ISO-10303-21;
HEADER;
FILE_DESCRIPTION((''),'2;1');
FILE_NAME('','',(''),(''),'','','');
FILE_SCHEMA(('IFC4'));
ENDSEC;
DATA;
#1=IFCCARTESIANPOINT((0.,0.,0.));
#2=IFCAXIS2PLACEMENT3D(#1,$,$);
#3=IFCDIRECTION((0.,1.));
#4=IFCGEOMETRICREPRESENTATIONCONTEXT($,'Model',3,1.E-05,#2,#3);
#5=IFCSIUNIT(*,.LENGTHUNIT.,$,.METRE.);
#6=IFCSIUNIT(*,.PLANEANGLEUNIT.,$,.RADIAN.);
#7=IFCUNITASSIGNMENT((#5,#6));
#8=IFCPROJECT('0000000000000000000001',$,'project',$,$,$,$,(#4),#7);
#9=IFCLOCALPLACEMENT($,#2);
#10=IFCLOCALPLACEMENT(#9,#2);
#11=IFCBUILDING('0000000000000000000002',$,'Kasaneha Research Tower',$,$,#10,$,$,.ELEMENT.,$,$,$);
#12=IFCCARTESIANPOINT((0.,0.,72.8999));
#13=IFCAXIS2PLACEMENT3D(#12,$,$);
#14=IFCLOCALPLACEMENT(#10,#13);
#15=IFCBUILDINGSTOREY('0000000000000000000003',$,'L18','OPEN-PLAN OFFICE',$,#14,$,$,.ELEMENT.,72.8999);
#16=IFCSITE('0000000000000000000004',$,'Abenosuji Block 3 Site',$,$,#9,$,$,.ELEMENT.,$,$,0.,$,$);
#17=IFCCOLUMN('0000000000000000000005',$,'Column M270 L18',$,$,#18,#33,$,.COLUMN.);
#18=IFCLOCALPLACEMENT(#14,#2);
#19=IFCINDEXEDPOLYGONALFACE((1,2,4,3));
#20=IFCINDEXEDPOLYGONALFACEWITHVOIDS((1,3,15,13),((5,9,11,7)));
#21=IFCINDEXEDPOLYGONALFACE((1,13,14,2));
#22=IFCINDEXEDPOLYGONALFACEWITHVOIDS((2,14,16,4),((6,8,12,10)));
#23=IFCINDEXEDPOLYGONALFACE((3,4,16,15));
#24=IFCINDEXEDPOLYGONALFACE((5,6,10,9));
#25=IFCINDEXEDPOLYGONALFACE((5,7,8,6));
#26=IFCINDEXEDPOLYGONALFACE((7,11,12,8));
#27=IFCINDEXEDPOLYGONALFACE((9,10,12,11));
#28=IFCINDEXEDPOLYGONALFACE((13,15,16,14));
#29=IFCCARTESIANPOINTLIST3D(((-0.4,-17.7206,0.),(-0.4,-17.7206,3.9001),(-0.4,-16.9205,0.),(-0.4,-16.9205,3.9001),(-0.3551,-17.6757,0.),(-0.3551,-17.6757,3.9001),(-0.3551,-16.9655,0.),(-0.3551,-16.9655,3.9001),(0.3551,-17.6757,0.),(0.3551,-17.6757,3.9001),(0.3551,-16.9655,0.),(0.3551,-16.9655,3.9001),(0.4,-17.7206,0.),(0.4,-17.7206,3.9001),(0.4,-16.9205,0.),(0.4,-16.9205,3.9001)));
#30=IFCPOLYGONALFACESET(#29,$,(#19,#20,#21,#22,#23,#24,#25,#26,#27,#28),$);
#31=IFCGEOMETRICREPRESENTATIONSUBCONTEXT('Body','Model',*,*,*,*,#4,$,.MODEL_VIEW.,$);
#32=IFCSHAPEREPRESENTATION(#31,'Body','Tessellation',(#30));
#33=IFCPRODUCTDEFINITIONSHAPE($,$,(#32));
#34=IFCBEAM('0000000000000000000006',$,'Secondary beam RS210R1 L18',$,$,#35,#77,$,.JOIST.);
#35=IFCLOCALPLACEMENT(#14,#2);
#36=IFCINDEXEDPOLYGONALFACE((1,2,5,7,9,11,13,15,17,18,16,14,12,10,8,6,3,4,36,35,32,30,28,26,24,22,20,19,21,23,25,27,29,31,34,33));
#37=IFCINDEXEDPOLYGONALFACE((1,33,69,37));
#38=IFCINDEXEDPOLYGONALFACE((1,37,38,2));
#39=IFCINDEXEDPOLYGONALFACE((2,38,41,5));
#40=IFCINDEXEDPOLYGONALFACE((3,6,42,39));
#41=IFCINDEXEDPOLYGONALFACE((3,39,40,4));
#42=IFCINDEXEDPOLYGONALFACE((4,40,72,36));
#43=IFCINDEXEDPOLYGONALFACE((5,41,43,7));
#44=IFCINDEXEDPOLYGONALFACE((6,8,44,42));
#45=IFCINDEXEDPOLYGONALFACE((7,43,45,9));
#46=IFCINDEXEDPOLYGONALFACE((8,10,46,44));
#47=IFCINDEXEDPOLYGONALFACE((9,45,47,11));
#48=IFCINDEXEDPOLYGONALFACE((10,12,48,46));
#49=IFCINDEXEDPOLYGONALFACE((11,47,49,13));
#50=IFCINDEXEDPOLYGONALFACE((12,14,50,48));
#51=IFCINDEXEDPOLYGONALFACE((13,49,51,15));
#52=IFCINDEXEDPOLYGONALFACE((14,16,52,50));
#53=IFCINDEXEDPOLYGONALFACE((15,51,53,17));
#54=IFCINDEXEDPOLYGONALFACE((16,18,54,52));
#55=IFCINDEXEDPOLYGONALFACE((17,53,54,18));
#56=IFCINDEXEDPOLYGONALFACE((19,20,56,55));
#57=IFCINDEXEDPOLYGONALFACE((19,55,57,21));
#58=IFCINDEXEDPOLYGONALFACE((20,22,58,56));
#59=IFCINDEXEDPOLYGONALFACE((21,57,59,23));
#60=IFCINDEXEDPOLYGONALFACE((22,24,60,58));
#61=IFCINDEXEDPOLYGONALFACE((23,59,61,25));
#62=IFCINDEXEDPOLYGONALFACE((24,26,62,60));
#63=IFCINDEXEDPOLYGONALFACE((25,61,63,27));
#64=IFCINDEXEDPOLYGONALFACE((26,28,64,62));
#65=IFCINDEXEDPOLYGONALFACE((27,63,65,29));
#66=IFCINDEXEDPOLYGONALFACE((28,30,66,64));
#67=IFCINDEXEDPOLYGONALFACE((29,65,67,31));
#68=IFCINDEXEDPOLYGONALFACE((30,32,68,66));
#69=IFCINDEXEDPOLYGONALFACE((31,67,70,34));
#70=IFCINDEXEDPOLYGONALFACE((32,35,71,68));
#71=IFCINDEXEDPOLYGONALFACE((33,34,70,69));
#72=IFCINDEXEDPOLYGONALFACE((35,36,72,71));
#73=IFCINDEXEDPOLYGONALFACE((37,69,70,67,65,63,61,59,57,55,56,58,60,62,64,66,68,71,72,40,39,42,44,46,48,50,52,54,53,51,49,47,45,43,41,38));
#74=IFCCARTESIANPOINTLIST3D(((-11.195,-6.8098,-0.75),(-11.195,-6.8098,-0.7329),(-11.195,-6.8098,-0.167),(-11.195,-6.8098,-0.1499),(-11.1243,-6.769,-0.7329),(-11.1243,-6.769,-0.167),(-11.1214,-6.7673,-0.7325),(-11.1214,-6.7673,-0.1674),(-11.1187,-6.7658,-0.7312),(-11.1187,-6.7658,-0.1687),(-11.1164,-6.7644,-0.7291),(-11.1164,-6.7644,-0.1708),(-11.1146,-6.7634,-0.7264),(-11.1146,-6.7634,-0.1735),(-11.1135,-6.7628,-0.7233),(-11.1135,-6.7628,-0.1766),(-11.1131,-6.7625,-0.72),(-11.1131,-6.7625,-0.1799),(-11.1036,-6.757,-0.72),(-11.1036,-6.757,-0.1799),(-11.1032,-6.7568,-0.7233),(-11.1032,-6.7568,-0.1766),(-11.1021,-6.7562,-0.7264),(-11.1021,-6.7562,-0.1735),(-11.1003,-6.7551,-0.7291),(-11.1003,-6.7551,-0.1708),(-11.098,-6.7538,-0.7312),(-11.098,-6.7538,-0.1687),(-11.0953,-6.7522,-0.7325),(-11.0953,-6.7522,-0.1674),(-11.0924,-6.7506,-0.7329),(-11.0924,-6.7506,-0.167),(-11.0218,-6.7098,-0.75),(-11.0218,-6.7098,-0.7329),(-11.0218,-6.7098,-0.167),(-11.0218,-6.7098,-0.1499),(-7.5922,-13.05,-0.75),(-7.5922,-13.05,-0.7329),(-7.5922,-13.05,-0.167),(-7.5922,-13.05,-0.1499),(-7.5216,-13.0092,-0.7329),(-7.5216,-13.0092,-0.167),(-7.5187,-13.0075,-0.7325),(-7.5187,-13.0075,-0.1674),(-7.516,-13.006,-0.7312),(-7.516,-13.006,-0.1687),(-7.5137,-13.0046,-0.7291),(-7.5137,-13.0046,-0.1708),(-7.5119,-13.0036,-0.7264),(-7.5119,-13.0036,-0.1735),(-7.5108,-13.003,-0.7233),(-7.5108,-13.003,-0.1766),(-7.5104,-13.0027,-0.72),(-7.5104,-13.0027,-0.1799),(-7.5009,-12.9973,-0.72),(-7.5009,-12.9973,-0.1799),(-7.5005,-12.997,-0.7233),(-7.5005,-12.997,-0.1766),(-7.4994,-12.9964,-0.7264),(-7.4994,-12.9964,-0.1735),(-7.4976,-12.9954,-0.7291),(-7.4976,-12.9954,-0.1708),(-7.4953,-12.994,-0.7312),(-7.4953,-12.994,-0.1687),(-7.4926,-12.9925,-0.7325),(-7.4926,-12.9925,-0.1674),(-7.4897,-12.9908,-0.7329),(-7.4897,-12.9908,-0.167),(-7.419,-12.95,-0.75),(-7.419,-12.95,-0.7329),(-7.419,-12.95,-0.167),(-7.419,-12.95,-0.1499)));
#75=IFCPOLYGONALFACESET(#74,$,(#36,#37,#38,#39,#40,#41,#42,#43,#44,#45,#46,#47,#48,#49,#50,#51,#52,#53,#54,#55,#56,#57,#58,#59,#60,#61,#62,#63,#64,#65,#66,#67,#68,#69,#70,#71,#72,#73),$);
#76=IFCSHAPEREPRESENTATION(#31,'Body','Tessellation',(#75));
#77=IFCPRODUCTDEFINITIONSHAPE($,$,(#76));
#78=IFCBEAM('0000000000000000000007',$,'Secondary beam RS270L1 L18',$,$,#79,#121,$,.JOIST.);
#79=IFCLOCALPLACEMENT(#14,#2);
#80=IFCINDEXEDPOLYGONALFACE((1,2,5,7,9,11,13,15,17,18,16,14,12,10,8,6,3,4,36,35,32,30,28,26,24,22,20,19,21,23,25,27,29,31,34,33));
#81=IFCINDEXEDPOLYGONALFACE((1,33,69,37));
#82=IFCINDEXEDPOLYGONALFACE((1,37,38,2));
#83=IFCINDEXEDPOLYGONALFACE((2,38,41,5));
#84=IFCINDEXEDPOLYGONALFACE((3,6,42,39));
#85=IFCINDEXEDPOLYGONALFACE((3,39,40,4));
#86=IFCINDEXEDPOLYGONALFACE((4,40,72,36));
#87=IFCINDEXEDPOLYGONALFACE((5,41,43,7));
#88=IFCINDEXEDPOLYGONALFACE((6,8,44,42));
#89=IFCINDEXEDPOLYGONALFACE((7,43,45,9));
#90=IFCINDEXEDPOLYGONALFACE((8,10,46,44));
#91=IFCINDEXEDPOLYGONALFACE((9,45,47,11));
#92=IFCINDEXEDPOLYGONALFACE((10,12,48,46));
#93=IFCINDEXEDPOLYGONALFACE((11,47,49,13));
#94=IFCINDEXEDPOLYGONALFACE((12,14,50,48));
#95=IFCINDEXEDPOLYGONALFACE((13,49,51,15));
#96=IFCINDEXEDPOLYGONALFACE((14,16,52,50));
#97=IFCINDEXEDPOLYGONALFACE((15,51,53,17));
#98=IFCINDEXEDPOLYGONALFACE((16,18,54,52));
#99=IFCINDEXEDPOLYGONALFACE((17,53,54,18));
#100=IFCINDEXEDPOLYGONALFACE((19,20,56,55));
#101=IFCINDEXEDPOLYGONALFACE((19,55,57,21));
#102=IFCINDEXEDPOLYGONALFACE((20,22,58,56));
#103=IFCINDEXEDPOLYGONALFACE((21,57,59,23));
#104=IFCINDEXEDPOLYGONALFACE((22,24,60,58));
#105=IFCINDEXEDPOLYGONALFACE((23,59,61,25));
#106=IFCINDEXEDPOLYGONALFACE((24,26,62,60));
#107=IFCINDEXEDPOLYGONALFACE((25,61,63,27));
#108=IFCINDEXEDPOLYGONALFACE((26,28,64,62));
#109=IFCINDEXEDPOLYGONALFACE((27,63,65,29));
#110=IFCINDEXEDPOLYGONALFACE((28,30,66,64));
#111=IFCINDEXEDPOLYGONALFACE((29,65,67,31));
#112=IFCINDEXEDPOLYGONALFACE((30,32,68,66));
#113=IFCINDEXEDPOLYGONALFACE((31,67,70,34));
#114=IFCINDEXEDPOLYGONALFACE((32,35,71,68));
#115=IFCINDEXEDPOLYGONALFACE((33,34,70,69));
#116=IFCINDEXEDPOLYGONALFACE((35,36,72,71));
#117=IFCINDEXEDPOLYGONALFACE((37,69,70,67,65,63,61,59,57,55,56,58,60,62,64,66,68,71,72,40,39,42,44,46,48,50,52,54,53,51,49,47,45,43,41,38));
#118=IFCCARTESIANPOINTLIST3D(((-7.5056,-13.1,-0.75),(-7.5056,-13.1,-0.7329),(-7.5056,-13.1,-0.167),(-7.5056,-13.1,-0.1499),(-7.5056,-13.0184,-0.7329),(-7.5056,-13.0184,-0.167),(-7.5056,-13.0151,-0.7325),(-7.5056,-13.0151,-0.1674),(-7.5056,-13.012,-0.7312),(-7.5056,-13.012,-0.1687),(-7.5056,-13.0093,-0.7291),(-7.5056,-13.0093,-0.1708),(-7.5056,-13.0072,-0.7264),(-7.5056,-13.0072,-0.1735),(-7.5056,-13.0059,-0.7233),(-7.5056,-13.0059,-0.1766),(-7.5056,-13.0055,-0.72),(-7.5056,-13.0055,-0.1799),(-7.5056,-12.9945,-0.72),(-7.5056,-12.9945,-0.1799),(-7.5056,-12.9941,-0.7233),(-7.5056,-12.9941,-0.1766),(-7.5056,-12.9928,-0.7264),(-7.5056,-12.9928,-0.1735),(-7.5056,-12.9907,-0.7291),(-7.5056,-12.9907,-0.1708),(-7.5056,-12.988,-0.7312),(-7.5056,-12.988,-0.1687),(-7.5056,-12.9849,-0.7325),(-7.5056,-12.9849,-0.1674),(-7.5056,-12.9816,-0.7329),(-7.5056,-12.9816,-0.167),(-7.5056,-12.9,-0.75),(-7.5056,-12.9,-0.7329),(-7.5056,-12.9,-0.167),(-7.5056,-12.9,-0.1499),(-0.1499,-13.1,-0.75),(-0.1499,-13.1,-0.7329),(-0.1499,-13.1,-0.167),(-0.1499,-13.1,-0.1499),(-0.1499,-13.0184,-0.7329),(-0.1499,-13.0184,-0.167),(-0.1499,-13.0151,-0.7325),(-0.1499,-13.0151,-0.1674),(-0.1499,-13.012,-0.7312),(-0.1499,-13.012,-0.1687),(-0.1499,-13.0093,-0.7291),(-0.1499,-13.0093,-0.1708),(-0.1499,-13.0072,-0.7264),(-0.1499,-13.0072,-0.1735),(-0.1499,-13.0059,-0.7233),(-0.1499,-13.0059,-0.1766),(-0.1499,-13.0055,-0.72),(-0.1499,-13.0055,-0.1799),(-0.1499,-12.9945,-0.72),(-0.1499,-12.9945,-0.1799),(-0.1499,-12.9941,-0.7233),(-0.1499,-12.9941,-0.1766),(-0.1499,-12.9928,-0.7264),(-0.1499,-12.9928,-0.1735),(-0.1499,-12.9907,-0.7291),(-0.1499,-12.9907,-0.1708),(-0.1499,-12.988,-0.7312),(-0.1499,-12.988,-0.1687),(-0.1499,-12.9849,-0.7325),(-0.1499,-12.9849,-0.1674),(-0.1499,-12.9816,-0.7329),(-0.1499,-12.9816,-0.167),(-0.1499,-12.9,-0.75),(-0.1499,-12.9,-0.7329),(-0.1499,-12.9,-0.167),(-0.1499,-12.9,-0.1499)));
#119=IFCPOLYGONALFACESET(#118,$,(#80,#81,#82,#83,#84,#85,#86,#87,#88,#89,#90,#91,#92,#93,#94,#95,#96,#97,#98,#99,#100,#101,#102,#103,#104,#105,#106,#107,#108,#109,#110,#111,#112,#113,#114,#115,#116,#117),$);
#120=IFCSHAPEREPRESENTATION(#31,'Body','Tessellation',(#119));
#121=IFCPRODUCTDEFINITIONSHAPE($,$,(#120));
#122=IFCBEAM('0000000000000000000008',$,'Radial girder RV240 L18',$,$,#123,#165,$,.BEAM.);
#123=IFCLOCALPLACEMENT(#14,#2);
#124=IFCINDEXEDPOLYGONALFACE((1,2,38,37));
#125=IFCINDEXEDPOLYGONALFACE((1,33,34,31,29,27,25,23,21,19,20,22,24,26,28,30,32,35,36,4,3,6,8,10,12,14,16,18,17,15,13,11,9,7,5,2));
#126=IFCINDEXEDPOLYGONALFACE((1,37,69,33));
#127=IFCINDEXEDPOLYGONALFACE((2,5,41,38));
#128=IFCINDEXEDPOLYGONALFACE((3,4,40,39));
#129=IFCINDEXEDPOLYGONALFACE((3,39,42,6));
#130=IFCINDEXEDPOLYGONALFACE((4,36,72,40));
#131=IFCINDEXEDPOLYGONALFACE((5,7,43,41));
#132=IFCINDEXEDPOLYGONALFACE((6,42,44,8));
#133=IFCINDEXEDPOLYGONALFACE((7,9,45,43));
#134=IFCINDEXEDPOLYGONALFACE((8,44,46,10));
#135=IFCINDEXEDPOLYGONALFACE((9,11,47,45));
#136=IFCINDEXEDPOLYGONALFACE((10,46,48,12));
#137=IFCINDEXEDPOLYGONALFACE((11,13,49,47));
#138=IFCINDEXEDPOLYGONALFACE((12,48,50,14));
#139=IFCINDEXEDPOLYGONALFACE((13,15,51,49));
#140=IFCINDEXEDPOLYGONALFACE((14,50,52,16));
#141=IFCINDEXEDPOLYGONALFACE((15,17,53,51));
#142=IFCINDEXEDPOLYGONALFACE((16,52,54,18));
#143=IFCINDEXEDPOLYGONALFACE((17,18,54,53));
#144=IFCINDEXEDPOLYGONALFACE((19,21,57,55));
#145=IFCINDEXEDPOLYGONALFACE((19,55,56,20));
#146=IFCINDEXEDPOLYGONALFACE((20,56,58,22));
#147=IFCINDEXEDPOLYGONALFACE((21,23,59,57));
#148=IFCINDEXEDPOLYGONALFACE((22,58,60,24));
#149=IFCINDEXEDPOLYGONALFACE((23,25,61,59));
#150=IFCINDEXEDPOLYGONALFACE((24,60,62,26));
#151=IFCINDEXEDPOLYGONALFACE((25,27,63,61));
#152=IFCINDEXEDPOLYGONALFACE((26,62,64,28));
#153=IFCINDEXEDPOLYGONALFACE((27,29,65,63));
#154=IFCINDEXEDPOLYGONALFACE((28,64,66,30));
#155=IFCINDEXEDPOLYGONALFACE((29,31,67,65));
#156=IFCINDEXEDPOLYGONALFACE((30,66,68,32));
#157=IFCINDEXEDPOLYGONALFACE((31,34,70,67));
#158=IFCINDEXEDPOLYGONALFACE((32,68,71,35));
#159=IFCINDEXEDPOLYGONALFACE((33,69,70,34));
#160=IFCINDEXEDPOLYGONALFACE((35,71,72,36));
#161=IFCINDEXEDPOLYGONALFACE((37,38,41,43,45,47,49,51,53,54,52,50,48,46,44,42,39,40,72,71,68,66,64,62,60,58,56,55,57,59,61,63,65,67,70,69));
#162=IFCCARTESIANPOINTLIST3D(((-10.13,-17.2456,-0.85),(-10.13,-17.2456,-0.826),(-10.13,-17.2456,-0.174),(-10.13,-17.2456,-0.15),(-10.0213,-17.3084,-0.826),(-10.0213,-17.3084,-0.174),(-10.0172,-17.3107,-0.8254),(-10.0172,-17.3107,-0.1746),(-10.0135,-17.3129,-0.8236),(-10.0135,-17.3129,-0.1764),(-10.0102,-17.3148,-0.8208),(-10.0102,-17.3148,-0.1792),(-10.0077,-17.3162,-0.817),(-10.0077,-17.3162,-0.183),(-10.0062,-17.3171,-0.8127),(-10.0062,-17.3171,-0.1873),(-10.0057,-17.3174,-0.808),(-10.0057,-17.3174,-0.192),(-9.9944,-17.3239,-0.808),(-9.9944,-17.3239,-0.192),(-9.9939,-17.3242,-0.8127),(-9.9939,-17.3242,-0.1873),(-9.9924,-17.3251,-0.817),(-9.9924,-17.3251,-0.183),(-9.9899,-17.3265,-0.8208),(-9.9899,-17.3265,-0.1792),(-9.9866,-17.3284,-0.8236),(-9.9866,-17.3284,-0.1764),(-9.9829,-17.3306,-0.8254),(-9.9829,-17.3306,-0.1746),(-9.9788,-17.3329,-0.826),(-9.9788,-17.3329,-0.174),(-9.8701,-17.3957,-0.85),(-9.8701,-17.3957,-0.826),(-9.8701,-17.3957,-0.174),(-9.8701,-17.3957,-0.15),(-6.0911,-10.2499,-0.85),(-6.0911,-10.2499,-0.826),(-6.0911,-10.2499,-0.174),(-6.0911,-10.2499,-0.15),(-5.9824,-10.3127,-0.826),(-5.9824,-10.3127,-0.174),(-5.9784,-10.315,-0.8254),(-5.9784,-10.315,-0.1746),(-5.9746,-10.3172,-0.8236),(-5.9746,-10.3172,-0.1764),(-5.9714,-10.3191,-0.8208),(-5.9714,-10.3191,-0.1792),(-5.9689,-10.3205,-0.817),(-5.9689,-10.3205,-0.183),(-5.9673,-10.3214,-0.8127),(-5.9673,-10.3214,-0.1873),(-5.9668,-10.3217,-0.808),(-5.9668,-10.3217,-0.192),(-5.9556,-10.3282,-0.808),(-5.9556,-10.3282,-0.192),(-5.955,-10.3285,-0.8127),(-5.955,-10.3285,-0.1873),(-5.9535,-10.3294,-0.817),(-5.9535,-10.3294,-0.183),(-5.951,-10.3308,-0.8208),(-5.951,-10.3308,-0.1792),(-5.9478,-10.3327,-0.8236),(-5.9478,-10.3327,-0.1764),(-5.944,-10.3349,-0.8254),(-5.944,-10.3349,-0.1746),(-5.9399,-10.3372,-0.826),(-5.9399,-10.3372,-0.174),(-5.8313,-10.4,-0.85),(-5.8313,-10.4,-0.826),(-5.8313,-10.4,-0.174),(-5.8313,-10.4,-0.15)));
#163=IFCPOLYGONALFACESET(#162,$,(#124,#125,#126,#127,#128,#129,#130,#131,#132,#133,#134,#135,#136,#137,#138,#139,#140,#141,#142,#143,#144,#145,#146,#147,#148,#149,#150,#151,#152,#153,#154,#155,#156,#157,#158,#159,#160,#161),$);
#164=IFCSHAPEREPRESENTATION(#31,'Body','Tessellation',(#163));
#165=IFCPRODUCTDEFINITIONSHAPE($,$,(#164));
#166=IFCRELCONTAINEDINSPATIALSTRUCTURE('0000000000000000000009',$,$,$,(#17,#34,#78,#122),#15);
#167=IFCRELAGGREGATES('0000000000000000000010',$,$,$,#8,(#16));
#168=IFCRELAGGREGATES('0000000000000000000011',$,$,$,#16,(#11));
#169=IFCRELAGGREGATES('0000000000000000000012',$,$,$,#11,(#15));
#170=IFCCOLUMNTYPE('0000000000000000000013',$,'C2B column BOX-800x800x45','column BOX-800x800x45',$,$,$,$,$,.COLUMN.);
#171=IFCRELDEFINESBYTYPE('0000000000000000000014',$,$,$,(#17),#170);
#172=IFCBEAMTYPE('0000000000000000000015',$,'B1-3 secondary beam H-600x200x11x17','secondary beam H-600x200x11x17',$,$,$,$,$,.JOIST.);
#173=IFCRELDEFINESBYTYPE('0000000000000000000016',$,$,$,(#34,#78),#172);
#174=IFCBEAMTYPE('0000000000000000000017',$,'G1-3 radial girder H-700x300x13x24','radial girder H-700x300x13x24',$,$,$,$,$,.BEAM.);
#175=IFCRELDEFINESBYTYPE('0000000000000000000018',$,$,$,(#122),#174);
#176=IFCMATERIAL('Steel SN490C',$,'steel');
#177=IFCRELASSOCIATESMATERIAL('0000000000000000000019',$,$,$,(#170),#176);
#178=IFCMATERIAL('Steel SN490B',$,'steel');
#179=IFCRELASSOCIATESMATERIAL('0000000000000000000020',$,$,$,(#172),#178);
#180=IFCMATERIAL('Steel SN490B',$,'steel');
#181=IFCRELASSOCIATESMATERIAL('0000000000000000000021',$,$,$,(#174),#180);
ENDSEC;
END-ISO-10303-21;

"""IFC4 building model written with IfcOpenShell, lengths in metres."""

from ifc_helpers import new_model, si_unit, direction, frame, origin, origin_2d, place, context, subcontext, project, spatial, hollow_rectangle, i_section, extrude, material, material_profile, profile_set, type_object, element, save


model = new_model("IFC4")

# Units and contexts
model_context = context("Model", 3, precision=1e-05, world=origin(), true_north=direction((0.0, 1.0)))
body_context = subcontext(model_context, "Body", "Model", "MODEL_VIEW")
ifc_project = project(units=[si_unit("LENGTHUNIT", "METRE"), si_unit("PLANEANGLEUNIT", "RADIAN")], contexts=[model_context])

# Site, building, storey
site_placement = place(None, origin())
site = spatial("IfcSite", under=ifc_project, at=site_placement, Name="Abenosuji Block 3 Site", CompositionType="ELEMENT", RefElevation=0.0)
building_placement = place(site_placement, origin())
building = spatial("IfcBuilding", under=site, at=building_placement, Name="Kasaneha Research Tower", CompositionType="ELEMENT")
storey_placement = place(building_placement, frame((0.0, 0.0, 72.8999)))
storey = spatial("IfcBuildingStorey", under=building, at=storey_placement, Name="L18", Description="OPEN-PLAN OFFICE", CompositionType="ELEMENT", Elevation=72.8999)

# Column
ifc_material_1 = material(Name="Steel SN490C", Category="steel")
ifc_material_profile_1 = material_profile(ifc_material_1, hollow_rectangle(XDim=0.8, YDim=0.8, WallThickness=0.0449, at=origin_2d()), Name="BOX-800x800x45")
ifc_profile_set_1 = profile_set([ifc_material_profile_1], Name="Steel SN490C")
column_type = type_object("IfcColumnType", Name="C2B column BOX-800x800x45", Description="column BOX-800x800x45", PredefinedType="COLUMN", material=ifc_profile_set_1)
column_placement = place(storey_placement, frame((0.0, -17.3206, 0.0), z_axis=(0.0, 0.0, 1.0), x_axis=(1.0, 0.0, 0.0)))
element("IfcColumn", 1, at=column_placement, inside=storey, type_object=column_type, Name="Column M270 L18", PredefinedType="COLUMN", context=body_context, shape_type="SweptSolid", body=[
    extrude(hollow_rectangle(XDim=0.8, YDim=0.8, WallThickness=0.0449, at=origin_2d()), origin(), (0.0, 0.0, 1.0), 3.9001),
])

# Beams
ifc_material_2 = material(Name="Steel SN490B", Category="steel")
ifc_material_profile_2 = material_profile(ifc_material_2, i_section(OverallWidth=0.2, OverallDepth=0.6001, WebThickness=0.011, FlangeThickness=0.0171, FilletRadius=0.0129, at=origin_2d()), Name="H-600x200x11x17")
ifc_profile_set_2 = profile_set([ifc_material_profile_2], Name="Steel SN490B")
beam_type_1 = type_object("IfcBeamType", Name="B1-3 secondary beam H-600x200x11x17", Description="secondary beam H-600x200x11x17", PredefinedType="JOIST", material=ifc_profile_set_2)
beam_1_placement = place(storey_placement, frame((-7.5056, -13.0, -0.45), z_axis=(-0.499998, 0.866026, 0.0), x_axis=(-0.866026, -0.499998, 0.0)))
element("IfcBeam", 2, at=beam_1_placement, inside=storey, type_object=beam_type_1, Name="Secondary beam RS210R1 L18", PredefinedType="JOIST", context=body_context, shape_type="SweptSolid", body=[
    extrude(i_section(OverallWidth=0.2, OverallDepth=0.6001, WebThickness=0.011, FlangeThickness=0.0171, FilletRadius=0.0129, at=origin_2d()), origin(), (0.0, 0.0, 1.0), 7.2056),
])
beam_2_placement = place(storey_placement, frame((-7.5056, -13.0, -0.45), z_axis=(1.0, 0.0, 0.0), x_axis=(0.0, 1.0, 0.0)))
element("IfcBeam", 3, at=beam_2_placement, inside=storey, type_object=beam_type_1, Name="Secondary beam RS270L1 L18", PredefinedType="JOIST", context=body_context, shape_type="SweptSolid", body=[
    extrude(i_section(OverallWidth=0.2, OverallDepth=0.6001, WebThickness=0.011, FlangeThickness=0.0171, FilletRadius=0.0129, at=origin_2d()), origin(), (0.0, 0.0, 1.0), 7.3557),
])
ifc_material_3 = material(Name="Steel SN490B", Category="steel")
ifc_material_profile_3 = material_profile(ifc_material_3, i_section(OverallWidth=0.3, OverallDepth=0.7, WebThickness=0.0129, FlangeThickness=0.0239, FilletRadius=0.0181, at=origin_2d()), Name="H-700x300x13x24")
ifc_profile_set_3 = profile_set([ifc_material_profile_3], Name="Steel SN490B")
beam_type_2 = type_object("IfcBeamType", Name="G1-3 radial girder H-700x300x13x24", Description="radial girder H-700x300x13x24", PredefinedType="BEAM", material=ifc_profile_set_3)
beam_3_placement = place(storey_placement, frame((-5.9612, -10.325, -0.5), z_axis=(-0.499991, -0.866031, 0.0), x_axis=(0.866031, -0.499991, 0.0)))
element("IfcBeam", 4, at=beam_3_placement, inside=storey, type_object=beam_type_2, Name="Radial girder RV240 L18", PredefinedType="BEAM", context=body_context, shape_type="SweptSolid", body=[
    extrude(i_section(OverallWidth=0.3, OverallDepth=0.7, WebThickness=0.0129, FlangeThickness=0.0239, FilletRadius=0.0181, at=origin_2d()), origin(), (0.0, 0.0, 1.0), 8.0779),
])

save(model, "model.ifc")
